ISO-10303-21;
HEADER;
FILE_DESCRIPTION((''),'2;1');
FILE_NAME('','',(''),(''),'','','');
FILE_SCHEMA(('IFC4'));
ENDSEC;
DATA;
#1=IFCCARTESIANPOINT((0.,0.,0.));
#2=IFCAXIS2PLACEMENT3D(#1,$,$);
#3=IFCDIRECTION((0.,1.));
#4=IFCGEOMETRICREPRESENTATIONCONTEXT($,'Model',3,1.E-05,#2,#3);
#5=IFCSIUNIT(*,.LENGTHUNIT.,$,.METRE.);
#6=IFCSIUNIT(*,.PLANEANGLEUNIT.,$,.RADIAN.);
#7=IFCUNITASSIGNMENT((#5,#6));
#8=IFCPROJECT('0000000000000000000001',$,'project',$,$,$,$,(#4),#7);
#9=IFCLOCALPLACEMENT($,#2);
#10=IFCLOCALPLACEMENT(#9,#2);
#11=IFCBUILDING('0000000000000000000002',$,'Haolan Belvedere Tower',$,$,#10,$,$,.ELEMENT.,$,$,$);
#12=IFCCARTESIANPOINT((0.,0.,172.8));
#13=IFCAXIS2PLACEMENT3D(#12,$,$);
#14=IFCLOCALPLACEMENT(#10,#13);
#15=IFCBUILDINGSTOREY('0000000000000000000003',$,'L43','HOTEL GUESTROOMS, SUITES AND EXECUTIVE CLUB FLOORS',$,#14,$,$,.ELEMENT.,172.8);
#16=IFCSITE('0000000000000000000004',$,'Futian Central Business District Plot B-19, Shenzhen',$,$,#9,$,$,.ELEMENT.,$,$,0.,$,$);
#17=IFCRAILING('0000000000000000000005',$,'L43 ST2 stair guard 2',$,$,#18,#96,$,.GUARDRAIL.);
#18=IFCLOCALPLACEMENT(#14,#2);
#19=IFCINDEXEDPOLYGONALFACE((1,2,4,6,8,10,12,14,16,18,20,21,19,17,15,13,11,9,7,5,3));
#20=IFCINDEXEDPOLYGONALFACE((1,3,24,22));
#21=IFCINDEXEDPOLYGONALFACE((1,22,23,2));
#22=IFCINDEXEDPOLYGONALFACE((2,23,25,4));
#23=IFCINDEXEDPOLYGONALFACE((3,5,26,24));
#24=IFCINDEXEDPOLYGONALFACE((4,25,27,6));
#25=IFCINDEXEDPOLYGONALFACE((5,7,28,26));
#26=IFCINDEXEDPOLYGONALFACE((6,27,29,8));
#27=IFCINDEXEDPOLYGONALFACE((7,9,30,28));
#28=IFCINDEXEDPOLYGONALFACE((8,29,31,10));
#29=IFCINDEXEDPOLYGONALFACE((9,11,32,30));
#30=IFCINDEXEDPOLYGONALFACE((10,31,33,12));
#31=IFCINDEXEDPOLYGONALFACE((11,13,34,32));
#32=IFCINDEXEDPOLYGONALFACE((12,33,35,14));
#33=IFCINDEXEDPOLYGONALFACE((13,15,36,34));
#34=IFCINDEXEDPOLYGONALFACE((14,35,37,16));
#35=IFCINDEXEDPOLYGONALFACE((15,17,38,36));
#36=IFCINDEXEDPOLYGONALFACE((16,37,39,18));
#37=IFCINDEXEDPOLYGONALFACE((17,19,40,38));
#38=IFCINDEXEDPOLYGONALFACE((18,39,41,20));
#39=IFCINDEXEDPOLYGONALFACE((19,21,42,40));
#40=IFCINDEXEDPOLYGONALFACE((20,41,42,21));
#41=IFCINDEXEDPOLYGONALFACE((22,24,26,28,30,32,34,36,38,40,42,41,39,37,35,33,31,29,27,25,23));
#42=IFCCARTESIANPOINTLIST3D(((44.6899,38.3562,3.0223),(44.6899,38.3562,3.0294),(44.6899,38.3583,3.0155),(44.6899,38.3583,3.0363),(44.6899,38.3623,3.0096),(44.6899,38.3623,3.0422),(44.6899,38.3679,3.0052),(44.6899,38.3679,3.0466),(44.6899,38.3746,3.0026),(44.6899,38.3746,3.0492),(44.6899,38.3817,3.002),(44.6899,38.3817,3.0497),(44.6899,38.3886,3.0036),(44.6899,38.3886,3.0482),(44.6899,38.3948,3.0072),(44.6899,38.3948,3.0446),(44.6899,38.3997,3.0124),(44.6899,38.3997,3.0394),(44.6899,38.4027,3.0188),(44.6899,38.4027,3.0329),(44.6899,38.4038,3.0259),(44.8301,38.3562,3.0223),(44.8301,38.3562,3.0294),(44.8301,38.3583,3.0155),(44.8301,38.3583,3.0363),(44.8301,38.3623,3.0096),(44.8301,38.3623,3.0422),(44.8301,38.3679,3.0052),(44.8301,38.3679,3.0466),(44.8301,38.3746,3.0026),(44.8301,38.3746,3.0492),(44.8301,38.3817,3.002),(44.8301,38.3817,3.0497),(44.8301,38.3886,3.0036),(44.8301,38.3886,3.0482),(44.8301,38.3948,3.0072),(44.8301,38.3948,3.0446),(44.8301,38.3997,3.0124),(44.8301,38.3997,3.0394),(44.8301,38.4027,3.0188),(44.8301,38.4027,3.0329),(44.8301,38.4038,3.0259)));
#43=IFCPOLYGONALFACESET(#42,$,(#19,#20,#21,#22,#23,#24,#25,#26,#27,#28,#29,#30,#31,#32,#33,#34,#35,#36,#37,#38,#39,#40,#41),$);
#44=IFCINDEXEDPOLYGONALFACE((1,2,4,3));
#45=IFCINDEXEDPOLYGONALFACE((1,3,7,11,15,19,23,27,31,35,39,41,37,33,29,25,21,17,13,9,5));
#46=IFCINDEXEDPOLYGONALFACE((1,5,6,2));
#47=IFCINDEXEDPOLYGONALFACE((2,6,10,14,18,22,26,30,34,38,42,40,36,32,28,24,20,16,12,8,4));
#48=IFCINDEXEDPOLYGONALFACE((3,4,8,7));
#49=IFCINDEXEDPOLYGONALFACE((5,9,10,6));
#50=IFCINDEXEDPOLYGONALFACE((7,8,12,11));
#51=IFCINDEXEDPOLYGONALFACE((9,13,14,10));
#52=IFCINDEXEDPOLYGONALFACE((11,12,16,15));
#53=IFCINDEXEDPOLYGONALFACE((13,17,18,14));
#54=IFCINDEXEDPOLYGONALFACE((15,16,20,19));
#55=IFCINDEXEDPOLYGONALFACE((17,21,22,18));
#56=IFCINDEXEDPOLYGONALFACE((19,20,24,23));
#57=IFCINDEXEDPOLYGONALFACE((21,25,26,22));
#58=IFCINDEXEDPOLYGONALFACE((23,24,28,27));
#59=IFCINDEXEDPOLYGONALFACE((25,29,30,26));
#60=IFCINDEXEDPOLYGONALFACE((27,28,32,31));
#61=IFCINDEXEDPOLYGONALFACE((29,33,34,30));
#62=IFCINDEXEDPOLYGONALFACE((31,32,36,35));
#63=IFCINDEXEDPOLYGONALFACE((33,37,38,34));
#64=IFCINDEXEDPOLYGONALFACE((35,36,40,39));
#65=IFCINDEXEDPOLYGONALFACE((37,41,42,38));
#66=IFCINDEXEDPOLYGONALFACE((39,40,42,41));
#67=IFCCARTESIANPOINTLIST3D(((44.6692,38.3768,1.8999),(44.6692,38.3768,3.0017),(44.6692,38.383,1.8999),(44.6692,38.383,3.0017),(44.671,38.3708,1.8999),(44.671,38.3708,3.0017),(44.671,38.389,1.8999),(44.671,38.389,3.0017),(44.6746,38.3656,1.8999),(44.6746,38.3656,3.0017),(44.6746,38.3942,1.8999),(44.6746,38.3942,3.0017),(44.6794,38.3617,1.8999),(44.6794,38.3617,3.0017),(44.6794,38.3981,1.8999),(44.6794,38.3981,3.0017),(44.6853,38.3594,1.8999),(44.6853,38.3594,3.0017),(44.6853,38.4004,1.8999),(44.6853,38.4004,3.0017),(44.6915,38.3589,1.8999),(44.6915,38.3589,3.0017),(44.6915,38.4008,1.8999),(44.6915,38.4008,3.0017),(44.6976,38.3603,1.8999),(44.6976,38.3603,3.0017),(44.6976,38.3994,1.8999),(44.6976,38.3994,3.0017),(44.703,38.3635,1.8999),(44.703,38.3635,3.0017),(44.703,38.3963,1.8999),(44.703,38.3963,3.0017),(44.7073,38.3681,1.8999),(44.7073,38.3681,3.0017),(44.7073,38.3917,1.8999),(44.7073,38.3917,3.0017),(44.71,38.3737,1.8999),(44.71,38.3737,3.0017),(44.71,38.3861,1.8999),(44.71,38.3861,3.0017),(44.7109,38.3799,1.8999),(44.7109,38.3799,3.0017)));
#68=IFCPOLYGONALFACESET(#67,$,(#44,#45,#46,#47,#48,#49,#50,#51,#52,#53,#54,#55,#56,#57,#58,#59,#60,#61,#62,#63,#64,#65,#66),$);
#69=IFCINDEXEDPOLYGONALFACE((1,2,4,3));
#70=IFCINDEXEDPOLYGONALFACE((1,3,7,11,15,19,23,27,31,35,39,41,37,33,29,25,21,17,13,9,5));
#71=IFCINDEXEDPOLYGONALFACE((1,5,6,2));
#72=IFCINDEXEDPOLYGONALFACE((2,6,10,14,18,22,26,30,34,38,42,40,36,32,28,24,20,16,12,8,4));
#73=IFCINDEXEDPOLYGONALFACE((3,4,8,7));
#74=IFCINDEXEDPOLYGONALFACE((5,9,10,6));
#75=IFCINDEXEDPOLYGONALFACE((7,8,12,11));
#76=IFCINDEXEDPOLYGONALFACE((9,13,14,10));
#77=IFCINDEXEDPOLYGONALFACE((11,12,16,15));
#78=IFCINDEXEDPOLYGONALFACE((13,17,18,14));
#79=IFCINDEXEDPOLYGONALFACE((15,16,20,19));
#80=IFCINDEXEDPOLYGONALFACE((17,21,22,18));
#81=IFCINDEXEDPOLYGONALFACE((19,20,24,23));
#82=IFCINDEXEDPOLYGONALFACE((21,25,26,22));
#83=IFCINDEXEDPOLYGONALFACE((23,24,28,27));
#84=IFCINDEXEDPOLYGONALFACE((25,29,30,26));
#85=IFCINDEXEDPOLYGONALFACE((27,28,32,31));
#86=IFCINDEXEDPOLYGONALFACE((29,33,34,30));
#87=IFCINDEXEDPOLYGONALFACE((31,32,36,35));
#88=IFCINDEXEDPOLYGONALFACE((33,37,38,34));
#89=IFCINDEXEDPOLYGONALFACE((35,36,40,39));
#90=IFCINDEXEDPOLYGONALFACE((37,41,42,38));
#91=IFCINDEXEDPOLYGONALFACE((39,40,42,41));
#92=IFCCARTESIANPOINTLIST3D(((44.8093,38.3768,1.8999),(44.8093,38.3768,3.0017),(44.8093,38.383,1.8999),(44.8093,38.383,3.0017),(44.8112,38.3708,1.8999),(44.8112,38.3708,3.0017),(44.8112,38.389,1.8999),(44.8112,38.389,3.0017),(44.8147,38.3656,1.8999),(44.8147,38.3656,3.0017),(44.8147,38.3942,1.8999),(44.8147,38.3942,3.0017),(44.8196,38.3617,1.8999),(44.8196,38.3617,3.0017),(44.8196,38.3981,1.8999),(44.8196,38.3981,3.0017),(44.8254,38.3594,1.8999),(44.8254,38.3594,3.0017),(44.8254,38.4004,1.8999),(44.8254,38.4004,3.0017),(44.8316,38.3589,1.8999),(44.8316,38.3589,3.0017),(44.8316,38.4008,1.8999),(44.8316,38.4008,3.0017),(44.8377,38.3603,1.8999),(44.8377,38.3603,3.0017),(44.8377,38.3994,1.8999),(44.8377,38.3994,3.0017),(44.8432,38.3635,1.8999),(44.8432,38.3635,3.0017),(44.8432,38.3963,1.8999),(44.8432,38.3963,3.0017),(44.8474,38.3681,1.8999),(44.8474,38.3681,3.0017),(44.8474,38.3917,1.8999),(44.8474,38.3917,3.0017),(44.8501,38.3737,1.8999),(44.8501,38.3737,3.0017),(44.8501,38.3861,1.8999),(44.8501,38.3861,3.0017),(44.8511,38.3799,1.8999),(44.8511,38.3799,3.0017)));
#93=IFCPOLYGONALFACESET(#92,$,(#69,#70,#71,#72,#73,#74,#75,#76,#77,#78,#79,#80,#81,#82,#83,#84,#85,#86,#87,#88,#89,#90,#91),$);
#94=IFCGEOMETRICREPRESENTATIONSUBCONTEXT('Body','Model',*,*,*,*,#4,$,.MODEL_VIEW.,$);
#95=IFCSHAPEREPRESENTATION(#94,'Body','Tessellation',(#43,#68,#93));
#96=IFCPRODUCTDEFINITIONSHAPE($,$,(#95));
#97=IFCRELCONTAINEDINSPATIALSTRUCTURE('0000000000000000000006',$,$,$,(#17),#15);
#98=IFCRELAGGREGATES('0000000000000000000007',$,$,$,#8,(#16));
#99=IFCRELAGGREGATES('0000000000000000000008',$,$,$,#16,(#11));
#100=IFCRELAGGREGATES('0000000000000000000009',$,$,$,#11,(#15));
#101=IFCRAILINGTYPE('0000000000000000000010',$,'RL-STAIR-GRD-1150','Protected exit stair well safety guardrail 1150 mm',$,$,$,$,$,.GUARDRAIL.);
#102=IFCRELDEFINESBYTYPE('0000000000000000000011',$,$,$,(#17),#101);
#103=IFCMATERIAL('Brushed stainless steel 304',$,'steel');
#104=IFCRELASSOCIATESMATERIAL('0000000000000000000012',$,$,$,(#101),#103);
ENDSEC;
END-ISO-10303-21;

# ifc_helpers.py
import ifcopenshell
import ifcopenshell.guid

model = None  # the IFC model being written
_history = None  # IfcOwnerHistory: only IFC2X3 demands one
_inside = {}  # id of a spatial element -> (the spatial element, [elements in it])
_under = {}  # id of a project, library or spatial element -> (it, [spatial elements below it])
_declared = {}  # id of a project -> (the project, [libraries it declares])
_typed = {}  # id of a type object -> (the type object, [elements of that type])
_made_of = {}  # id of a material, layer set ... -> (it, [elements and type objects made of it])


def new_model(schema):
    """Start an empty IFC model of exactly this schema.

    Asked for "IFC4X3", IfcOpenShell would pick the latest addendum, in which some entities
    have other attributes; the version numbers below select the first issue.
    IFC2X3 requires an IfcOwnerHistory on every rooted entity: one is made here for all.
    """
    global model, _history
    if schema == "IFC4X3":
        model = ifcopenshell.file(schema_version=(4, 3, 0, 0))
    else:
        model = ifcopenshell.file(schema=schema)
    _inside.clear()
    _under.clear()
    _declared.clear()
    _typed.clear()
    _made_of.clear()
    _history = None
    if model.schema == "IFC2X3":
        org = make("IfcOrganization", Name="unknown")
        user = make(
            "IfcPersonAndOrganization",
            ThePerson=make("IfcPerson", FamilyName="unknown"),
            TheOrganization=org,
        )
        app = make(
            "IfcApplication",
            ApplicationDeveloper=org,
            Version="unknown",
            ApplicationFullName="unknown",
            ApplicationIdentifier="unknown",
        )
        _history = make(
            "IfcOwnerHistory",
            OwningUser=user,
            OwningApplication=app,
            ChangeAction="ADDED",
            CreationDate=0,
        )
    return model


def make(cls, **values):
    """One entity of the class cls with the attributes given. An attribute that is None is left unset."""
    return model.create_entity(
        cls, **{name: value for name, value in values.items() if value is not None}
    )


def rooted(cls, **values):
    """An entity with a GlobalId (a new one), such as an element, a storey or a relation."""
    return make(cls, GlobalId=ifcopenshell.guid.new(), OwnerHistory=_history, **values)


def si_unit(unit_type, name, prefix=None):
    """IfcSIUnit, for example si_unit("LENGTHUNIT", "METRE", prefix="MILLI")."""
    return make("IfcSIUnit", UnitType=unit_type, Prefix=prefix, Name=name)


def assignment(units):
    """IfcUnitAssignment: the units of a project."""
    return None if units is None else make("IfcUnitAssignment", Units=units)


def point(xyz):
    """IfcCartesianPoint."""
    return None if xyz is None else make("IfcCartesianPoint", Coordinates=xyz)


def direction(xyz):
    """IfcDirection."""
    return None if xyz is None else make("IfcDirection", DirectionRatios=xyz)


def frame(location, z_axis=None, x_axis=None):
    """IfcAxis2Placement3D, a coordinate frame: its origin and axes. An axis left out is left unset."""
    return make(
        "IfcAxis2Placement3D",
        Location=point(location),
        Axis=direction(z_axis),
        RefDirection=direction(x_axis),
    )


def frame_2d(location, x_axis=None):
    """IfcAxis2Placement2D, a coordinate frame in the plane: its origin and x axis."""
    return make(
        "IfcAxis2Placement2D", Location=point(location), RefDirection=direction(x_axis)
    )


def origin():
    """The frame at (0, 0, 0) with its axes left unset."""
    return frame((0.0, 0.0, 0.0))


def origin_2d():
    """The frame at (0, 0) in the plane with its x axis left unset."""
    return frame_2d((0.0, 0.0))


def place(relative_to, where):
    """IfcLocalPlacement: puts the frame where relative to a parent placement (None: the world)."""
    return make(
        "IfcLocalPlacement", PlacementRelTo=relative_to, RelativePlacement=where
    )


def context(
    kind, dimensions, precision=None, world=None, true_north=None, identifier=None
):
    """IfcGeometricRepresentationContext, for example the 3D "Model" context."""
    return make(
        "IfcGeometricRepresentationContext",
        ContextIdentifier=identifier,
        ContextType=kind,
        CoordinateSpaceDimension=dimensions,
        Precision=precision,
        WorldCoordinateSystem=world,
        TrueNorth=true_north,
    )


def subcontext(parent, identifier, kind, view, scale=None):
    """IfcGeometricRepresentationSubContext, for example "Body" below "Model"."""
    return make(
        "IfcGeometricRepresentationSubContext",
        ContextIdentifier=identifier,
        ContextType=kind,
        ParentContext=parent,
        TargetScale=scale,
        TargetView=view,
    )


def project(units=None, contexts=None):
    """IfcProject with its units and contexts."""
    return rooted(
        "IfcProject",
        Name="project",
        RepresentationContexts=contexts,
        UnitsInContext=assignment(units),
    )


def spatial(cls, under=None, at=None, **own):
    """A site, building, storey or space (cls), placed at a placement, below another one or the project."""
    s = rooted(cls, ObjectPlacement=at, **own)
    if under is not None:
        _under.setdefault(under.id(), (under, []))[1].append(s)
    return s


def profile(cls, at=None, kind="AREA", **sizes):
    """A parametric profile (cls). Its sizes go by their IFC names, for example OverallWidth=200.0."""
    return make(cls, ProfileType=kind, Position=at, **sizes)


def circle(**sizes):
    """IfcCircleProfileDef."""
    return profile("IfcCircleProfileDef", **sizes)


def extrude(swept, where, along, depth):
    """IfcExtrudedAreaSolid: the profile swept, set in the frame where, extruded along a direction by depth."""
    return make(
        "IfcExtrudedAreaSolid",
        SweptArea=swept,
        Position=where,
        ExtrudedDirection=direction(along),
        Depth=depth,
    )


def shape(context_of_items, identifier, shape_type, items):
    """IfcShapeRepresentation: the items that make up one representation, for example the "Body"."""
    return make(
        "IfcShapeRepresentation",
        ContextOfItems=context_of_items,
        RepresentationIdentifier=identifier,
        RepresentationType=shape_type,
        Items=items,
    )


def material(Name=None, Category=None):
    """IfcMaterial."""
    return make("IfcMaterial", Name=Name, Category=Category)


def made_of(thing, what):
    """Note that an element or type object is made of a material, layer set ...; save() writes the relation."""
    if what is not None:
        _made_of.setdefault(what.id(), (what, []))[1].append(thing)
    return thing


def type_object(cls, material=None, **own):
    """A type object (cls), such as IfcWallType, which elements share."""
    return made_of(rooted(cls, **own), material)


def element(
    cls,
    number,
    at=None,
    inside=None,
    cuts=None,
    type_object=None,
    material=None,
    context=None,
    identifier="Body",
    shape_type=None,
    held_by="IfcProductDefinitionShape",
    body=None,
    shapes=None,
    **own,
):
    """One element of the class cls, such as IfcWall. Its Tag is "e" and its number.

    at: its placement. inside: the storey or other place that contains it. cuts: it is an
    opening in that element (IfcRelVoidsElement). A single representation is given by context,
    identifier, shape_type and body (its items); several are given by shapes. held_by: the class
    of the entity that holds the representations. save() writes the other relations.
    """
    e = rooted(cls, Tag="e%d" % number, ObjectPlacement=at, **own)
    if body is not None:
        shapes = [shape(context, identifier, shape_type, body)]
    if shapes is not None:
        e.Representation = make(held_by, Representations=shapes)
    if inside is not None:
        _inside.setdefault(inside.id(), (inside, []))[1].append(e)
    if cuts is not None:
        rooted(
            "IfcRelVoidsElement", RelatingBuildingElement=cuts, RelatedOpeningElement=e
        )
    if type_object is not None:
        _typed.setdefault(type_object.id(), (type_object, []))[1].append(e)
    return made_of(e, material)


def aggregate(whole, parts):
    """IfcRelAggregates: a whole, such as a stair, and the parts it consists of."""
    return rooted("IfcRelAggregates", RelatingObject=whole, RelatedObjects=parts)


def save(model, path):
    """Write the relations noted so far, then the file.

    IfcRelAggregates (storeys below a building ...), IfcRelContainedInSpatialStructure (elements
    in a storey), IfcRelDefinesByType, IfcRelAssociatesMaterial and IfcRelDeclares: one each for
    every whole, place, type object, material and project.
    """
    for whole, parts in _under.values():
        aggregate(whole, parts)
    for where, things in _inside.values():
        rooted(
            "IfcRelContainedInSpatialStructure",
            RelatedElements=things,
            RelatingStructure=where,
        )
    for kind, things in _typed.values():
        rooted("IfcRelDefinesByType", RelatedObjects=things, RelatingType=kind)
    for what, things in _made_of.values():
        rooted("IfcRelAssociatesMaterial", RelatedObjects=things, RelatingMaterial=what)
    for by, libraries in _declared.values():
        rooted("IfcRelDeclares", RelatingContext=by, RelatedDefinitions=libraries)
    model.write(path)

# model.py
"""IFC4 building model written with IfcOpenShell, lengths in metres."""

from ifc_helpers import new_model, si_unit, direction, frame, origin, origin_2d, place, context, subcontext, project, spatial, circle, extrude, material, type_object, element, save


model = new_model("IFC4")

# Units and contexts
model_context = context("Model", 3, precision=1e-05, world=origin(), true_north=direction((0.0, 1.0)))
body_context = subcontext(model_context, "Body", "Model", "MODEL_VIEW")
ifc_project = project(units=[si_unit("LENGTHUNIT", "METRE"), si_unit("PLANEANGLEUNIT", "RADIAN")], contexts=[model_context])

# Site, building, storey
site_placement = place(None, origin())
site = spatial("IfcSite", under=ifc_project, at=site_placement, Name="Futian Central Business District Plot B-19, Shenzhen", CompositionType="ELEMENT", RefElevation=0.0)
building_placement = place(site_placement, origin())
building = spatial("IfcBuilding", under=site, at=building_placement, Name="Haolan Belvedere Tower", CompositionType="ELEMENT")
storey_placement = place(building_placement, frame((0.0, 0.0, 172.8)))
storey = spatial("IfcBuildingStorey", under=building, at=storey_placement, Name="L43", Description="HOTEL GUESTROOMS, SUITES AND EXECUTIVE CLUB FLOORS", CompositionType="ELEMENT", Elevation=172.8)

# Railing
ifc_material_1 = material(Name="Brushed stainless steel 304", Category="steel")
railing_type_1 = type_object("IfcRailingType", Name="RL-STAIR-GRD-1150", Description="Protected exit stair well safety guardrail 1150 mm", PredefinedType="GUARDRAIL", material=ifc_material_1)
railing_1_placement = place(storey_placement, frame((44.6899, 38.3799, 1.8999)))
element("IfcRailing", 1, at=railing_1_placement, inside=storey, type_object=railing_type_1, Name="L43 ST2 stair guard 2", PredefinedType="GUARDRAIL", context=body_context, shape_type="SweptSolid", body=[
    extrude(circle(Radius=0.0239, at=origin_2d()), frame((0.0, 0.0, 1.126), z_axis=(1.0, 0.0, 0.0), x_axis=(0.0, 1.0, 0.0)), (0.0, 0.0, 1.0), 0.1401),
    extrude(circle(Radius=0.021, at=origin_2d()), origin(), (0.0, 0.0, 1.0), 1.1018),
    extrude(circle(Radius=0.021, at=origin_2d()), frame((0.1401, 0.0, 0.0)), (0.0, 0.0, 1.0), 1.1018),
])

save(model, "model.ifc")
